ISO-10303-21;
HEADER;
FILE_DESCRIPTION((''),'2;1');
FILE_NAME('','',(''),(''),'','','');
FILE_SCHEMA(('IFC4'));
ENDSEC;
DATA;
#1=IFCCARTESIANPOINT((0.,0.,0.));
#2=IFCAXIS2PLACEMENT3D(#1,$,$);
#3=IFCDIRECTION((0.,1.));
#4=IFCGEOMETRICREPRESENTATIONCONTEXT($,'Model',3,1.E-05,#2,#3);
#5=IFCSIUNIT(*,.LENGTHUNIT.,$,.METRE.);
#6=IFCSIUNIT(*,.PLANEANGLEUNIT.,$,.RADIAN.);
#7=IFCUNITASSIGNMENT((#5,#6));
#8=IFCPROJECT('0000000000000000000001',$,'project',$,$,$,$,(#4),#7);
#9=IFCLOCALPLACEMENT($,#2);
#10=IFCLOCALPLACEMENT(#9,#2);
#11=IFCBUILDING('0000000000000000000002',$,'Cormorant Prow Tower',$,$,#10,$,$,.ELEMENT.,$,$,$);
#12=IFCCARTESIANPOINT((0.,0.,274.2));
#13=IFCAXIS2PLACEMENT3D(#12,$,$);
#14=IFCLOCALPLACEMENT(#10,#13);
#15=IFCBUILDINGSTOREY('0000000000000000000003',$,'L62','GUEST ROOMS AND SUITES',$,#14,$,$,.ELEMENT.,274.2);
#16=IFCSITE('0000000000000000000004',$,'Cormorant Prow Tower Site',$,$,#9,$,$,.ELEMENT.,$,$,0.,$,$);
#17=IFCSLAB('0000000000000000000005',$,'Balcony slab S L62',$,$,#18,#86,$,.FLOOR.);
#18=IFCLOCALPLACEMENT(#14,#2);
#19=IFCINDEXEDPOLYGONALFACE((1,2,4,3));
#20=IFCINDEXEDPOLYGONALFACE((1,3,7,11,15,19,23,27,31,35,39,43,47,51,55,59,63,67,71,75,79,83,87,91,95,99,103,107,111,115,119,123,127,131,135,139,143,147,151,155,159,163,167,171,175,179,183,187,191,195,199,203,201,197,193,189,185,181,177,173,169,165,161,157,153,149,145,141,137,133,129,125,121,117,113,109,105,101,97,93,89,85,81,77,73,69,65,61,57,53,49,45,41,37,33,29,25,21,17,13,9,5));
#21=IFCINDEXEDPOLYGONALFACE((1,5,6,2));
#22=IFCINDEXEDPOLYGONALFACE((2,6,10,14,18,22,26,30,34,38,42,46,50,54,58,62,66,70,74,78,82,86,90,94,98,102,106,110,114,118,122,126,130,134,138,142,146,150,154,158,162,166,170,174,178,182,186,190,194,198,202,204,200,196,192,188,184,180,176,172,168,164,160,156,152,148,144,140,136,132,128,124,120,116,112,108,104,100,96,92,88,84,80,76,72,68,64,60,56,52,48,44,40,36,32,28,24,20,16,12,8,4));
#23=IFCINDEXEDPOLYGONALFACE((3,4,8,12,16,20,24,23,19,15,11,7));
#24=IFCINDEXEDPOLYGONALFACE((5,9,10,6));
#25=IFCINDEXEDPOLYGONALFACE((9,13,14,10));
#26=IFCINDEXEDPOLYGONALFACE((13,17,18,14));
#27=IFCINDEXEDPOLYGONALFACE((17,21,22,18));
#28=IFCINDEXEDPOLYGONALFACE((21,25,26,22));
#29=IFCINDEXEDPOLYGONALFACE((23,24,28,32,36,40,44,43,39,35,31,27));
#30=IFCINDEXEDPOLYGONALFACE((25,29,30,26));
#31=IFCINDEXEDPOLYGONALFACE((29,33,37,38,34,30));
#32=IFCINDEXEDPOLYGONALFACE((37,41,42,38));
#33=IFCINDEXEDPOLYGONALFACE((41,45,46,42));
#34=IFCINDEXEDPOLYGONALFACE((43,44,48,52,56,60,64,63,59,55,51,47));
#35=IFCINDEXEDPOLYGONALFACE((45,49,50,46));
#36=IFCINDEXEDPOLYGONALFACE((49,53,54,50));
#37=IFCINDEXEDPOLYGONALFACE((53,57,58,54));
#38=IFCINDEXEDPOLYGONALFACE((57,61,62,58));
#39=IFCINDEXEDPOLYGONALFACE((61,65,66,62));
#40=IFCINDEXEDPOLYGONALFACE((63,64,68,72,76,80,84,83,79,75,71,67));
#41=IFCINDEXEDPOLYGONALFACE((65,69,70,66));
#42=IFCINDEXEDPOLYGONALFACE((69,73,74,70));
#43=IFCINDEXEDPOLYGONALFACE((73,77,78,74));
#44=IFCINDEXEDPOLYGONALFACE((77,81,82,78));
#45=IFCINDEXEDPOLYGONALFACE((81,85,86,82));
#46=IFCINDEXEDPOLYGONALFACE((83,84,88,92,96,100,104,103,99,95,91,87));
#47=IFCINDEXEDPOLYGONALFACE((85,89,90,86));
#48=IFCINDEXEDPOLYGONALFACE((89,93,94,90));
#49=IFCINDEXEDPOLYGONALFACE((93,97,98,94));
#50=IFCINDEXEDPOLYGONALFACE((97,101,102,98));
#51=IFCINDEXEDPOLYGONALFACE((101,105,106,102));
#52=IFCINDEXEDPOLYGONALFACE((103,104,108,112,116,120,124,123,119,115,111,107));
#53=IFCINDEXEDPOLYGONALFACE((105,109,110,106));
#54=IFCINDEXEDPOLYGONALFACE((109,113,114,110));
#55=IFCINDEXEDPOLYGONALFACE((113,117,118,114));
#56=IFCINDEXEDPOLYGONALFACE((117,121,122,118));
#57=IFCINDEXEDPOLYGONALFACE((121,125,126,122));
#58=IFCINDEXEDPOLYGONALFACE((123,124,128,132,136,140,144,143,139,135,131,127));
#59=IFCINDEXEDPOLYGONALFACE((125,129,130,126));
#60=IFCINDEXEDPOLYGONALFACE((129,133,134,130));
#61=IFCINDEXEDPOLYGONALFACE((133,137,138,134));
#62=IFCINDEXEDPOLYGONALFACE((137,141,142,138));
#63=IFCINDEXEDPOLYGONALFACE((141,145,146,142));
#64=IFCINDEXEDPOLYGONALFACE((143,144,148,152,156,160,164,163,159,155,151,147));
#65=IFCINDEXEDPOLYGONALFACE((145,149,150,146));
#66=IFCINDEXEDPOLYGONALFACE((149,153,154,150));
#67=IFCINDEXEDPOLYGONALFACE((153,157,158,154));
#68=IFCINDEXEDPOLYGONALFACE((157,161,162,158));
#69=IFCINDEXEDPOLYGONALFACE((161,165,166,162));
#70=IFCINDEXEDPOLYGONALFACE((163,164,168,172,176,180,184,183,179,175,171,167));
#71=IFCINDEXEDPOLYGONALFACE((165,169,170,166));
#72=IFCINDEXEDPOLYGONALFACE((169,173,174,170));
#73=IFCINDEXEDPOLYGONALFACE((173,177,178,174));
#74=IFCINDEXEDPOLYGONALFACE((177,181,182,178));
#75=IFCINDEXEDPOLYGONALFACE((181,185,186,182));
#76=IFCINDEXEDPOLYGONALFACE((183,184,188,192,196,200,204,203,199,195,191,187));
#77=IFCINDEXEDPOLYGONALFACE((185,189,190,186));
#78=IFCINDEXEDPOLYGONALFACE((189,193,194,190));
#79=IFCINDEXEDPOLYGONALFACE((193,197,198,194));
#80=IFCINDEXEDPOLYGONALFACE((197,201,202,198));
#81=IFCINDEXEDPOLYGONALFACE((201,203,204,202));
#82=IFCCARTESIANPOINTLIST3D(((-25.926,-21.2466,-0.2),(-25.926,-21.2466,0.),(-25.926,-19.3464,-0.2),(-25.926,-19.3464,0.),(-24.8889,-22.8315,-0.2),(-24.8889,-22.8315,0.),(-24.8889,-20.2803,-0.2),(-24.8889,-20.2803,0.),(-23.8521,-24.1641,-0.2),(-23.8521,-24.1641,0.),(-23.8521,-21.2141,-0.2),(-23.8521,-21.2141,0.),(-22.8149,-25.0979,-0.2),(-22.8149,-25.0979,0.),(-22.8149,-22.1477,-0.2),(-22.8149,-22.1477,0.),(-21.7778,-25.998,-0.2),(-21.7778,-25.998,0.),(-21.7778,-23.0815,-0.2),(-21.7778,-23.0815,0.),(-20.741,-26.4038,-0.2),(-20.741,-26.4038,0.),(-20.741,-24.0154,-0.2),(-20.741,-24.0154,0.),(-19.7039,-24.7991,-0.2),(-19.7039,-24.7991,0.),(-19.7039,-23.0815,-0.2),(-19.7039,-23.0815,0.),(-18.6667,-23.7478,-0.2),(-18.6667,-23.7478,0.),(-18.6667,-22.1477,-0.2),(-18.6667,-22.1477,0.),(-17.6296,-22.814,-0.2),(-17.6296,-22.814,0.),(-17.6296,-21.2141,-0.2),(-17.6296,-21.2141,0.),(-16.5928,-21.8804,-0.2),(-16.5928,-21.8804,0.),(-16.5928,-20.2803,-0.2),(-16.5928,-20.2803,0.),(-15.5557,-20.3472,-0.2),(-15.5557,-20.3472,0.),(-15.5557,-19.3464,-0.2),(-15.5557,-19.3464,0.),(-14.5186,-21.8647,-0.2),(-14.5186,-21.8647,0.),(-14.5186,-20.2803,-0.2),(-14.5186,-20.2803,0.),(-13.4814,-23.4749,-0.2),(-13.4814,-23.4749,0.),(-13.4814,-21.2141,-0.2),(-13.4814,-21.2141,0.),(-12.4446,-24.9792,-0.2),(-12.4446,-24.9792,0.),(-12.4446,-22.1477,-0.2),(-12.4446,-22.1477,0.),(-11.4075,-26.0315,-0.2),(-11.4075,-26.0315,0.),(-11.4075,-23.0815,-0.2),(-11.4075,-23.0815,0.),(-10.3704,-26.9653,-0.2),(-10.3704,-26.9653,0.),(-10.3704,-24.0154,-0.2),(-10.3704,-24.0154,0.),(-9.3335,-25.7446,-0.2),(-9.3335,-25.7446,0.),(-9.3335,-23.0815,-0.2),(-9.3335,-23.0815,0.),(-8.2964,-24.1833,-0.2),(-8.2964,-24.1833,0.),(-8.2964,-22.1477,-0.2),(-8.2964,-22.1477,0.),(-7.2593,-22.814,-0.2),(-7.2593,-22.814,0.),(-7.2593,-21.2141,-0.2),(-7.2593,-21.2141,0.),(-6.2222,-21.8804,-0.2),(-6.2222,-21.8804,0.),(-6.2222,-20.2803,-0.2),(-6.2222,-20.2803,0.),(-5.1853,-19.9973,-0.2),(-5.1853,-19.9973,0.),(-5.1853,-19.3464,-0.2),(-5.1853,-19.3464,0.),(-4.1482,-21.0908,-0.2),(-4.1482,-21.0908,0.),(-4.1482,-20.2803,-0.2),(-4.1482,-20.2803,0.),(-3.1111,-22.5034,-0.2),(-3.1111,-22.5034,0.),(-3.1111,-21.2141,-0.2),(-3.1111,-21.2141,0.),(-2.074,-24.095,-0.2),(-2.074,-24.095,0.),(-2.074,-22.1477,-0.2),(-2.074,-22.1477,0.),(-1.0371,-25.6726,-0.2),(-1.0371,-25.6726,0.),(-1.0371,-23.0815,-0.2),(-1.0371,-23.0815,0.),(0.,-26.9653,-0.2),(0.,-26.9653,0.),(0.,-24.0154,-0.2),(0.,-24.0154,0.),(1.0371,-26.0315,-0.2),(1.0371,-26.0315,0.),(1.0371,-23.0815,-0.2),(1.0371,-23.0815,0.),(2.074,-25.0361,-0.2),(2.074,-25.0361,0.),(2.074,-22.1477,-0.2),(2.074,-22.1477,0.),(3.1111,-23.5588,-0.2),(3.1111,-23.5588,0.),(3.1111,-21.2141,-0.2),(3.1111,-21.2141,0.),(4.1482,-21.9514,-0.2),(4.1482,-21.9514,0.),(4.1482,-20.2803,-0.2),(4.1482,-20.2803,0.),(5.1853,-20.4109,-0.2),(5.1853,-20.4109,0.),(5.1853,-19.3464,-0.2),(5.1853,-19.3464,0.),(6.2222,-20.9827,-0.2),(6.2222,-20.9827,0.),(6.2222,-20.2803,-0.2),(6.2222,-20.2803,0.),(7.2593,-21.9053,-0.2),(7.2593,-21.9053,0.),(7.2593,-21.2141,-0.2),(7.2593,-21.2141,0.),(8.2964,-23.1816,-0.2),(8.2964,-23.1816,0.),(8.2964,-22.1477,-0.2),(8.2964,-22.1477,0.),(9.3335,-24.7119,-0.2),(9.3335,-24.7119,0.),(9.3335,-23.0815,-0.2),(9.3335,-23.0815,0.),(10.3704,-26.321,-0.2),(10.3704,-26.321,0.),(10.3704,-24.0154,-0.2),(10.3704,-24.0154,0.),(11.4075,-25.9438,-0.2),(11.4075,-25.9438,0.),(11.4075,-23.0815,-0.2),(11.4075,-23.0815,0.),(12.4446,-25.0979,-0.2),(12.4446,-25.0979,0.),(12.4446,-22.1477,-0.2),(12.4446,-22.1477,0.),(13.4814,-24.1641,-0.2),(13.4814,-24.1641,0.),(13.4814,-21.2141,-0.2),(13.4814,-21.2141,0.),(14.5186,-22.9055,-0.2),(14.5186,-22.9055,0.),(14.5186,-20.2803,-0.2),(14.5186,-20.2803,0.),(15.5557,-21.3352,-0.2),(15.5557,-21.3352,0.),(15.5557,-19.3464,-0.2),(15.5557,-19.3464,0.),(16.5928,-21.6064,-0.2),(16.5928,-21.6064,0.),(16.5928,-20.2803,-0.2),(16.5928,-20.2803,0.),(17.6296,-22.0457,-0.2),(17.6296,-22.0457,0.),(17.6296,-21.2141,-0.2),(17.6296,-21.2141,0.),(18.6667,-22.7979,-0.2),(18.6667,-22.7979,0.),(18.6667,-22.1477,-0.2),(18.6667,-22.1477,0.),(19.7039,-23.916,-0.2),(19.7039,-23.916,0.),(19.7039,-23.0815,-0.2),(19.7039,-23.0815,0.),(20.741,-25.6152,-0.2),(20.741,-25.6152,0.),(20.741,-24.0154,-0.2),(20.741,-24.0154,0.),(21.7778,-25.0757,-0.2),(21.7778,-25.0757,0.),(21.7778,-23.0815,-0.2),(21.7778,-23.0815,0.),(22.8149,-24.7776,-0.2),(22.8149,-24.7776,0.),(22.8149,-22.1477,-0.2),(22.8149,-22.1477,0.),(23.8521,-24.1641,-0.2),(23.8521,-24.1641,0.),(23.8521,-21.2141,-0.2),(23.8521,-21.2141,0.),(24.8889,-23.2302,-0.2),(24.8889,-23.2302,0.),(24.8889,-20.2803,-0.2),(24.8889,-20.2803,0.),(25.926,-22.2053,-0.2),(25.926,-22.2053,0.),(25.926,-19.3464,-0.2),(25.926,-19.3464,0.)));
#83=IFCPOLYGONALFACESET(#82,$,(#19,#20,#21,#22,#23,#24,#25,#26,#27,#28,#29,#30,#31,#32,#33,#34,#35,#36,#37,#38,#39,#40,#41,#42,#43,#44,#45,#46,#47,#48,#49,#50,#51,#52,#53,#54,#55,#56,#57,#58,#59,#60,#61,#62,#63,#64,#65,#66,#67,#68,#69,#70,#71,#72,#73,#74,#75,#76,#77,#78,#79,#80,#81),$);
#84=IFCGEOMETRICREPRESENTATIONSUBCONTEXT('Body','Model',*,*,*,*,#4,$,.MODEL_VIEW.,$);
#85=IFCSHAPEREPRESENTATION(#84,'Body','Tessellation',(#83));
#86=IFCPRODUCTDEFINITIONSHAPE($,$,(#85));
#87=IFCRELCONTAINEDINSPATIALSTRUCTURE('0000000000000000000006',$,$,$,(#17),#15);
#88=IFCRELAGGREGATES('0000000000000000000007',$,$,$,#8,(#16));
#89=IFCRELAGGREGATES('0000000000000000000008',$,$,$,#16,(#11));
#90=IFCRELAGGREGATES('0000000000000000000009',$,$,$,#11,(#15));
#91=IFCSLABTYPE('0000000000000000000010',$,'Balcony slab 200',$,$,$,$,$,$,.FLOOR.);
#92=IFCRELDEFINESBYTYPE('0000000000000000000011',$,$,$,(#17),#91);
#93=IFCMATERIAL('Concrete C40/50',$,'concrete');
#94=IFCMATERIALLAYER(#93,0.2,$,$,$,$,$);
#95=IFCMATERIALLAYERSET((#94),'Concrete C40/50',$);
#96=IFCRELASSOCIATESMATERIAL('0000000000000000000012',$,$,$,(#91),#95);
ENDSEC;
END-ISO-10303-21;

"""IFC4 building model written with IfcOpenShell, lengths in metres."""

from ifc_helpers import new_model, si_unit, direction, frame, origin, place, context, subcontext, project, spatial, polyline, outline, extrude, material, layer, layer_set, type_object, element, save


model = new_model("IFC4")

# Units and contexts
model_context = context("Model", 3, precision=1e-05, world=origin(), true_north=direction((0.0, 1.0)))
body_context = subcontext(model_context, "Body", "Model", "MODEL_VIEW")
ifc_project = project(units=[si_unit("LENGTHUNIT", "METRE"), si_unit("PLANEANGLEUNIT", "RADIAN")], contexts=[model_context])

# Site, building, storey
site_placement = place(None, origin())
site = spatial("IfcSite", under=ifc_project, at=site_placement, Name="Cormorant Prow Tower Site", CompositionType="ELEMENT", RefElevation=0.0)
building_placement = place(site_placement, origin())
building = spatial("IfcBuilding", under=site, at=building_placement, Name="Cormorant Prow Tower", CompositionType="ELEMENT")
storey_placement = place(building_placement, frame((0.0, 0.0, 274.2)))
storey = spatial("IfcBuildingStorey", under=building, at=storey_placement, Name="L62", Description="GUEST ROOMS AND SUITES", CompositionType="ELEMENT", Elevation=274.2)

# Slab
ifc_material_1 = material(Name="Concrete C40/50", Category="concrete")
ifc_layer_1 = layer(ifc_material_1, 0.2)
ifc_layer_set_1 = layer_set([ifc_layer_1], Name="Concrete C40/50")
slab_type_1 = type_object("IfcSlabType", Name="Balcony slab 200", PredefinedType="FLOOR", material=ifc_layer_set_1)
slab_1_placement = place(storey_placement, frame((0.0, 0.0, -0.2)))
element("IfcSlab", 1, at=slab_1_placement, inside=storey, type_object=slab_type_1, Name="Balcony slab S L62", PredefinedType="FLOOR", context=body_context, shape_type="SweptSolid", body=[
    extrude(outline(polyline([(-25.926, -19.3464), (-25.926, -21.2466), (-24.8889, -22.8315), (-23.8521, -24.1641), (-22.8149, -25.0979), (-21.7778, -25.998), (-20.741, -26.4038), (-19.7039, -24.7991), (-18.6667, -23.7478), (-17.6296, -22.814), (-16.5928, -21.8804), (-15.5557, -20.3472), (-14.5186, -21.8647), (-13.4814, -23.4749), (-12.4446, -24.9792), (-11.4075, -26.0315), (-10.3704, -26.9653), (-9.3335, -25.7446), (-8.2964, -24.1833), (-7.2593, -22.814), (-6.2222, -21.8804), (-5.1853, -19.9973), (-4.1482, -21.0908), (-3.1111, -22.5034), (-2.074, -24.095), (-1.0371, -25.6726), (0.0, -26.9653), (1.0371, -26.0315), (2.074, -25.0361), (3.1111, -23.5588), (4.1482, -21.9514), (5.1853, -20.4109), (6.2222, -20.9827), (7.2593, -21.9053), (8.2964, -23.1816), (9.3335, -24.7119), (10.3704, -26.321), (11.4075, -25.9438), (12.4446, -25.0979), (13.4814, -24.1641), (14.5186, -22.9055), (15.5557, -21.3352), (16.5928, -21.6064), (17.6296, -22.0457), (18.6667, -22.7979), (19.7039, -23.916), (20.741, -25.6152), (21.7778, -25.0757), (22.8149, -24.7776), (23.8521, -24.1641), (24.8889, -23.2302), (25.926, -22.2053), (25.926, -19.3464), (24.8889, -20.2803), (23.8521, -21.2141), (22.8149, -22.1477), (21.7778, -23.0815), (20.741, -24.0154), (19.7039, -23.0815), (18.6667, -22.1477), (17.6296, -21.2141), (16.5928, -20.2803), (15.5557, -19.3464), (14.5186, -20.2803), (13.4814, -21.2141), (12.4446, -22.1477), (11.4075, -23.0815), (10.3704, -24.0154), (9.3335, -23.0815), (8.2964, -22.1477), (7.2593, -21.2141), (6.2222, -20.2803), (5.1853, -19.3464), (4.1482, -20.2803), (3.1111, -21.2141), (2.074, -22.1477), (1.0371, -23.0815), (0.0, -24.0154), (-1.0371, -23.0815), (-2.074, -22.1477), (-3.1111, -21.2141), (-4.1482, -20.2803), (-5.1853, -19.3464), (-6.2222, -20.2803), (-7.2593, -21.2141), (-8.2964, -22.1477), (-9.3335, -23.0815), (-10.3704, -24.0154), (-11.4075, -23.0815), (-12.4446, -22.1477), (-13.4814, -21.2141), (-14.5186, -20.2803), (-15.5557, -19.3464), (-16.5928, -20.2803), (-17.6296, -21.2141), (-18.6667, -22.1477), (-19.7039, -23.0815), (-20.741, -24.0154), (-21.7778, -23.0815), (-22.8149, -22.1477), (-23.8521, -21.2141), (-24.8889, -20.2803), (-25.926, -19.3464)])), origin(), (0.0, 0.0, 1.0), 0.2),
])

save(model, "model.ifc")
